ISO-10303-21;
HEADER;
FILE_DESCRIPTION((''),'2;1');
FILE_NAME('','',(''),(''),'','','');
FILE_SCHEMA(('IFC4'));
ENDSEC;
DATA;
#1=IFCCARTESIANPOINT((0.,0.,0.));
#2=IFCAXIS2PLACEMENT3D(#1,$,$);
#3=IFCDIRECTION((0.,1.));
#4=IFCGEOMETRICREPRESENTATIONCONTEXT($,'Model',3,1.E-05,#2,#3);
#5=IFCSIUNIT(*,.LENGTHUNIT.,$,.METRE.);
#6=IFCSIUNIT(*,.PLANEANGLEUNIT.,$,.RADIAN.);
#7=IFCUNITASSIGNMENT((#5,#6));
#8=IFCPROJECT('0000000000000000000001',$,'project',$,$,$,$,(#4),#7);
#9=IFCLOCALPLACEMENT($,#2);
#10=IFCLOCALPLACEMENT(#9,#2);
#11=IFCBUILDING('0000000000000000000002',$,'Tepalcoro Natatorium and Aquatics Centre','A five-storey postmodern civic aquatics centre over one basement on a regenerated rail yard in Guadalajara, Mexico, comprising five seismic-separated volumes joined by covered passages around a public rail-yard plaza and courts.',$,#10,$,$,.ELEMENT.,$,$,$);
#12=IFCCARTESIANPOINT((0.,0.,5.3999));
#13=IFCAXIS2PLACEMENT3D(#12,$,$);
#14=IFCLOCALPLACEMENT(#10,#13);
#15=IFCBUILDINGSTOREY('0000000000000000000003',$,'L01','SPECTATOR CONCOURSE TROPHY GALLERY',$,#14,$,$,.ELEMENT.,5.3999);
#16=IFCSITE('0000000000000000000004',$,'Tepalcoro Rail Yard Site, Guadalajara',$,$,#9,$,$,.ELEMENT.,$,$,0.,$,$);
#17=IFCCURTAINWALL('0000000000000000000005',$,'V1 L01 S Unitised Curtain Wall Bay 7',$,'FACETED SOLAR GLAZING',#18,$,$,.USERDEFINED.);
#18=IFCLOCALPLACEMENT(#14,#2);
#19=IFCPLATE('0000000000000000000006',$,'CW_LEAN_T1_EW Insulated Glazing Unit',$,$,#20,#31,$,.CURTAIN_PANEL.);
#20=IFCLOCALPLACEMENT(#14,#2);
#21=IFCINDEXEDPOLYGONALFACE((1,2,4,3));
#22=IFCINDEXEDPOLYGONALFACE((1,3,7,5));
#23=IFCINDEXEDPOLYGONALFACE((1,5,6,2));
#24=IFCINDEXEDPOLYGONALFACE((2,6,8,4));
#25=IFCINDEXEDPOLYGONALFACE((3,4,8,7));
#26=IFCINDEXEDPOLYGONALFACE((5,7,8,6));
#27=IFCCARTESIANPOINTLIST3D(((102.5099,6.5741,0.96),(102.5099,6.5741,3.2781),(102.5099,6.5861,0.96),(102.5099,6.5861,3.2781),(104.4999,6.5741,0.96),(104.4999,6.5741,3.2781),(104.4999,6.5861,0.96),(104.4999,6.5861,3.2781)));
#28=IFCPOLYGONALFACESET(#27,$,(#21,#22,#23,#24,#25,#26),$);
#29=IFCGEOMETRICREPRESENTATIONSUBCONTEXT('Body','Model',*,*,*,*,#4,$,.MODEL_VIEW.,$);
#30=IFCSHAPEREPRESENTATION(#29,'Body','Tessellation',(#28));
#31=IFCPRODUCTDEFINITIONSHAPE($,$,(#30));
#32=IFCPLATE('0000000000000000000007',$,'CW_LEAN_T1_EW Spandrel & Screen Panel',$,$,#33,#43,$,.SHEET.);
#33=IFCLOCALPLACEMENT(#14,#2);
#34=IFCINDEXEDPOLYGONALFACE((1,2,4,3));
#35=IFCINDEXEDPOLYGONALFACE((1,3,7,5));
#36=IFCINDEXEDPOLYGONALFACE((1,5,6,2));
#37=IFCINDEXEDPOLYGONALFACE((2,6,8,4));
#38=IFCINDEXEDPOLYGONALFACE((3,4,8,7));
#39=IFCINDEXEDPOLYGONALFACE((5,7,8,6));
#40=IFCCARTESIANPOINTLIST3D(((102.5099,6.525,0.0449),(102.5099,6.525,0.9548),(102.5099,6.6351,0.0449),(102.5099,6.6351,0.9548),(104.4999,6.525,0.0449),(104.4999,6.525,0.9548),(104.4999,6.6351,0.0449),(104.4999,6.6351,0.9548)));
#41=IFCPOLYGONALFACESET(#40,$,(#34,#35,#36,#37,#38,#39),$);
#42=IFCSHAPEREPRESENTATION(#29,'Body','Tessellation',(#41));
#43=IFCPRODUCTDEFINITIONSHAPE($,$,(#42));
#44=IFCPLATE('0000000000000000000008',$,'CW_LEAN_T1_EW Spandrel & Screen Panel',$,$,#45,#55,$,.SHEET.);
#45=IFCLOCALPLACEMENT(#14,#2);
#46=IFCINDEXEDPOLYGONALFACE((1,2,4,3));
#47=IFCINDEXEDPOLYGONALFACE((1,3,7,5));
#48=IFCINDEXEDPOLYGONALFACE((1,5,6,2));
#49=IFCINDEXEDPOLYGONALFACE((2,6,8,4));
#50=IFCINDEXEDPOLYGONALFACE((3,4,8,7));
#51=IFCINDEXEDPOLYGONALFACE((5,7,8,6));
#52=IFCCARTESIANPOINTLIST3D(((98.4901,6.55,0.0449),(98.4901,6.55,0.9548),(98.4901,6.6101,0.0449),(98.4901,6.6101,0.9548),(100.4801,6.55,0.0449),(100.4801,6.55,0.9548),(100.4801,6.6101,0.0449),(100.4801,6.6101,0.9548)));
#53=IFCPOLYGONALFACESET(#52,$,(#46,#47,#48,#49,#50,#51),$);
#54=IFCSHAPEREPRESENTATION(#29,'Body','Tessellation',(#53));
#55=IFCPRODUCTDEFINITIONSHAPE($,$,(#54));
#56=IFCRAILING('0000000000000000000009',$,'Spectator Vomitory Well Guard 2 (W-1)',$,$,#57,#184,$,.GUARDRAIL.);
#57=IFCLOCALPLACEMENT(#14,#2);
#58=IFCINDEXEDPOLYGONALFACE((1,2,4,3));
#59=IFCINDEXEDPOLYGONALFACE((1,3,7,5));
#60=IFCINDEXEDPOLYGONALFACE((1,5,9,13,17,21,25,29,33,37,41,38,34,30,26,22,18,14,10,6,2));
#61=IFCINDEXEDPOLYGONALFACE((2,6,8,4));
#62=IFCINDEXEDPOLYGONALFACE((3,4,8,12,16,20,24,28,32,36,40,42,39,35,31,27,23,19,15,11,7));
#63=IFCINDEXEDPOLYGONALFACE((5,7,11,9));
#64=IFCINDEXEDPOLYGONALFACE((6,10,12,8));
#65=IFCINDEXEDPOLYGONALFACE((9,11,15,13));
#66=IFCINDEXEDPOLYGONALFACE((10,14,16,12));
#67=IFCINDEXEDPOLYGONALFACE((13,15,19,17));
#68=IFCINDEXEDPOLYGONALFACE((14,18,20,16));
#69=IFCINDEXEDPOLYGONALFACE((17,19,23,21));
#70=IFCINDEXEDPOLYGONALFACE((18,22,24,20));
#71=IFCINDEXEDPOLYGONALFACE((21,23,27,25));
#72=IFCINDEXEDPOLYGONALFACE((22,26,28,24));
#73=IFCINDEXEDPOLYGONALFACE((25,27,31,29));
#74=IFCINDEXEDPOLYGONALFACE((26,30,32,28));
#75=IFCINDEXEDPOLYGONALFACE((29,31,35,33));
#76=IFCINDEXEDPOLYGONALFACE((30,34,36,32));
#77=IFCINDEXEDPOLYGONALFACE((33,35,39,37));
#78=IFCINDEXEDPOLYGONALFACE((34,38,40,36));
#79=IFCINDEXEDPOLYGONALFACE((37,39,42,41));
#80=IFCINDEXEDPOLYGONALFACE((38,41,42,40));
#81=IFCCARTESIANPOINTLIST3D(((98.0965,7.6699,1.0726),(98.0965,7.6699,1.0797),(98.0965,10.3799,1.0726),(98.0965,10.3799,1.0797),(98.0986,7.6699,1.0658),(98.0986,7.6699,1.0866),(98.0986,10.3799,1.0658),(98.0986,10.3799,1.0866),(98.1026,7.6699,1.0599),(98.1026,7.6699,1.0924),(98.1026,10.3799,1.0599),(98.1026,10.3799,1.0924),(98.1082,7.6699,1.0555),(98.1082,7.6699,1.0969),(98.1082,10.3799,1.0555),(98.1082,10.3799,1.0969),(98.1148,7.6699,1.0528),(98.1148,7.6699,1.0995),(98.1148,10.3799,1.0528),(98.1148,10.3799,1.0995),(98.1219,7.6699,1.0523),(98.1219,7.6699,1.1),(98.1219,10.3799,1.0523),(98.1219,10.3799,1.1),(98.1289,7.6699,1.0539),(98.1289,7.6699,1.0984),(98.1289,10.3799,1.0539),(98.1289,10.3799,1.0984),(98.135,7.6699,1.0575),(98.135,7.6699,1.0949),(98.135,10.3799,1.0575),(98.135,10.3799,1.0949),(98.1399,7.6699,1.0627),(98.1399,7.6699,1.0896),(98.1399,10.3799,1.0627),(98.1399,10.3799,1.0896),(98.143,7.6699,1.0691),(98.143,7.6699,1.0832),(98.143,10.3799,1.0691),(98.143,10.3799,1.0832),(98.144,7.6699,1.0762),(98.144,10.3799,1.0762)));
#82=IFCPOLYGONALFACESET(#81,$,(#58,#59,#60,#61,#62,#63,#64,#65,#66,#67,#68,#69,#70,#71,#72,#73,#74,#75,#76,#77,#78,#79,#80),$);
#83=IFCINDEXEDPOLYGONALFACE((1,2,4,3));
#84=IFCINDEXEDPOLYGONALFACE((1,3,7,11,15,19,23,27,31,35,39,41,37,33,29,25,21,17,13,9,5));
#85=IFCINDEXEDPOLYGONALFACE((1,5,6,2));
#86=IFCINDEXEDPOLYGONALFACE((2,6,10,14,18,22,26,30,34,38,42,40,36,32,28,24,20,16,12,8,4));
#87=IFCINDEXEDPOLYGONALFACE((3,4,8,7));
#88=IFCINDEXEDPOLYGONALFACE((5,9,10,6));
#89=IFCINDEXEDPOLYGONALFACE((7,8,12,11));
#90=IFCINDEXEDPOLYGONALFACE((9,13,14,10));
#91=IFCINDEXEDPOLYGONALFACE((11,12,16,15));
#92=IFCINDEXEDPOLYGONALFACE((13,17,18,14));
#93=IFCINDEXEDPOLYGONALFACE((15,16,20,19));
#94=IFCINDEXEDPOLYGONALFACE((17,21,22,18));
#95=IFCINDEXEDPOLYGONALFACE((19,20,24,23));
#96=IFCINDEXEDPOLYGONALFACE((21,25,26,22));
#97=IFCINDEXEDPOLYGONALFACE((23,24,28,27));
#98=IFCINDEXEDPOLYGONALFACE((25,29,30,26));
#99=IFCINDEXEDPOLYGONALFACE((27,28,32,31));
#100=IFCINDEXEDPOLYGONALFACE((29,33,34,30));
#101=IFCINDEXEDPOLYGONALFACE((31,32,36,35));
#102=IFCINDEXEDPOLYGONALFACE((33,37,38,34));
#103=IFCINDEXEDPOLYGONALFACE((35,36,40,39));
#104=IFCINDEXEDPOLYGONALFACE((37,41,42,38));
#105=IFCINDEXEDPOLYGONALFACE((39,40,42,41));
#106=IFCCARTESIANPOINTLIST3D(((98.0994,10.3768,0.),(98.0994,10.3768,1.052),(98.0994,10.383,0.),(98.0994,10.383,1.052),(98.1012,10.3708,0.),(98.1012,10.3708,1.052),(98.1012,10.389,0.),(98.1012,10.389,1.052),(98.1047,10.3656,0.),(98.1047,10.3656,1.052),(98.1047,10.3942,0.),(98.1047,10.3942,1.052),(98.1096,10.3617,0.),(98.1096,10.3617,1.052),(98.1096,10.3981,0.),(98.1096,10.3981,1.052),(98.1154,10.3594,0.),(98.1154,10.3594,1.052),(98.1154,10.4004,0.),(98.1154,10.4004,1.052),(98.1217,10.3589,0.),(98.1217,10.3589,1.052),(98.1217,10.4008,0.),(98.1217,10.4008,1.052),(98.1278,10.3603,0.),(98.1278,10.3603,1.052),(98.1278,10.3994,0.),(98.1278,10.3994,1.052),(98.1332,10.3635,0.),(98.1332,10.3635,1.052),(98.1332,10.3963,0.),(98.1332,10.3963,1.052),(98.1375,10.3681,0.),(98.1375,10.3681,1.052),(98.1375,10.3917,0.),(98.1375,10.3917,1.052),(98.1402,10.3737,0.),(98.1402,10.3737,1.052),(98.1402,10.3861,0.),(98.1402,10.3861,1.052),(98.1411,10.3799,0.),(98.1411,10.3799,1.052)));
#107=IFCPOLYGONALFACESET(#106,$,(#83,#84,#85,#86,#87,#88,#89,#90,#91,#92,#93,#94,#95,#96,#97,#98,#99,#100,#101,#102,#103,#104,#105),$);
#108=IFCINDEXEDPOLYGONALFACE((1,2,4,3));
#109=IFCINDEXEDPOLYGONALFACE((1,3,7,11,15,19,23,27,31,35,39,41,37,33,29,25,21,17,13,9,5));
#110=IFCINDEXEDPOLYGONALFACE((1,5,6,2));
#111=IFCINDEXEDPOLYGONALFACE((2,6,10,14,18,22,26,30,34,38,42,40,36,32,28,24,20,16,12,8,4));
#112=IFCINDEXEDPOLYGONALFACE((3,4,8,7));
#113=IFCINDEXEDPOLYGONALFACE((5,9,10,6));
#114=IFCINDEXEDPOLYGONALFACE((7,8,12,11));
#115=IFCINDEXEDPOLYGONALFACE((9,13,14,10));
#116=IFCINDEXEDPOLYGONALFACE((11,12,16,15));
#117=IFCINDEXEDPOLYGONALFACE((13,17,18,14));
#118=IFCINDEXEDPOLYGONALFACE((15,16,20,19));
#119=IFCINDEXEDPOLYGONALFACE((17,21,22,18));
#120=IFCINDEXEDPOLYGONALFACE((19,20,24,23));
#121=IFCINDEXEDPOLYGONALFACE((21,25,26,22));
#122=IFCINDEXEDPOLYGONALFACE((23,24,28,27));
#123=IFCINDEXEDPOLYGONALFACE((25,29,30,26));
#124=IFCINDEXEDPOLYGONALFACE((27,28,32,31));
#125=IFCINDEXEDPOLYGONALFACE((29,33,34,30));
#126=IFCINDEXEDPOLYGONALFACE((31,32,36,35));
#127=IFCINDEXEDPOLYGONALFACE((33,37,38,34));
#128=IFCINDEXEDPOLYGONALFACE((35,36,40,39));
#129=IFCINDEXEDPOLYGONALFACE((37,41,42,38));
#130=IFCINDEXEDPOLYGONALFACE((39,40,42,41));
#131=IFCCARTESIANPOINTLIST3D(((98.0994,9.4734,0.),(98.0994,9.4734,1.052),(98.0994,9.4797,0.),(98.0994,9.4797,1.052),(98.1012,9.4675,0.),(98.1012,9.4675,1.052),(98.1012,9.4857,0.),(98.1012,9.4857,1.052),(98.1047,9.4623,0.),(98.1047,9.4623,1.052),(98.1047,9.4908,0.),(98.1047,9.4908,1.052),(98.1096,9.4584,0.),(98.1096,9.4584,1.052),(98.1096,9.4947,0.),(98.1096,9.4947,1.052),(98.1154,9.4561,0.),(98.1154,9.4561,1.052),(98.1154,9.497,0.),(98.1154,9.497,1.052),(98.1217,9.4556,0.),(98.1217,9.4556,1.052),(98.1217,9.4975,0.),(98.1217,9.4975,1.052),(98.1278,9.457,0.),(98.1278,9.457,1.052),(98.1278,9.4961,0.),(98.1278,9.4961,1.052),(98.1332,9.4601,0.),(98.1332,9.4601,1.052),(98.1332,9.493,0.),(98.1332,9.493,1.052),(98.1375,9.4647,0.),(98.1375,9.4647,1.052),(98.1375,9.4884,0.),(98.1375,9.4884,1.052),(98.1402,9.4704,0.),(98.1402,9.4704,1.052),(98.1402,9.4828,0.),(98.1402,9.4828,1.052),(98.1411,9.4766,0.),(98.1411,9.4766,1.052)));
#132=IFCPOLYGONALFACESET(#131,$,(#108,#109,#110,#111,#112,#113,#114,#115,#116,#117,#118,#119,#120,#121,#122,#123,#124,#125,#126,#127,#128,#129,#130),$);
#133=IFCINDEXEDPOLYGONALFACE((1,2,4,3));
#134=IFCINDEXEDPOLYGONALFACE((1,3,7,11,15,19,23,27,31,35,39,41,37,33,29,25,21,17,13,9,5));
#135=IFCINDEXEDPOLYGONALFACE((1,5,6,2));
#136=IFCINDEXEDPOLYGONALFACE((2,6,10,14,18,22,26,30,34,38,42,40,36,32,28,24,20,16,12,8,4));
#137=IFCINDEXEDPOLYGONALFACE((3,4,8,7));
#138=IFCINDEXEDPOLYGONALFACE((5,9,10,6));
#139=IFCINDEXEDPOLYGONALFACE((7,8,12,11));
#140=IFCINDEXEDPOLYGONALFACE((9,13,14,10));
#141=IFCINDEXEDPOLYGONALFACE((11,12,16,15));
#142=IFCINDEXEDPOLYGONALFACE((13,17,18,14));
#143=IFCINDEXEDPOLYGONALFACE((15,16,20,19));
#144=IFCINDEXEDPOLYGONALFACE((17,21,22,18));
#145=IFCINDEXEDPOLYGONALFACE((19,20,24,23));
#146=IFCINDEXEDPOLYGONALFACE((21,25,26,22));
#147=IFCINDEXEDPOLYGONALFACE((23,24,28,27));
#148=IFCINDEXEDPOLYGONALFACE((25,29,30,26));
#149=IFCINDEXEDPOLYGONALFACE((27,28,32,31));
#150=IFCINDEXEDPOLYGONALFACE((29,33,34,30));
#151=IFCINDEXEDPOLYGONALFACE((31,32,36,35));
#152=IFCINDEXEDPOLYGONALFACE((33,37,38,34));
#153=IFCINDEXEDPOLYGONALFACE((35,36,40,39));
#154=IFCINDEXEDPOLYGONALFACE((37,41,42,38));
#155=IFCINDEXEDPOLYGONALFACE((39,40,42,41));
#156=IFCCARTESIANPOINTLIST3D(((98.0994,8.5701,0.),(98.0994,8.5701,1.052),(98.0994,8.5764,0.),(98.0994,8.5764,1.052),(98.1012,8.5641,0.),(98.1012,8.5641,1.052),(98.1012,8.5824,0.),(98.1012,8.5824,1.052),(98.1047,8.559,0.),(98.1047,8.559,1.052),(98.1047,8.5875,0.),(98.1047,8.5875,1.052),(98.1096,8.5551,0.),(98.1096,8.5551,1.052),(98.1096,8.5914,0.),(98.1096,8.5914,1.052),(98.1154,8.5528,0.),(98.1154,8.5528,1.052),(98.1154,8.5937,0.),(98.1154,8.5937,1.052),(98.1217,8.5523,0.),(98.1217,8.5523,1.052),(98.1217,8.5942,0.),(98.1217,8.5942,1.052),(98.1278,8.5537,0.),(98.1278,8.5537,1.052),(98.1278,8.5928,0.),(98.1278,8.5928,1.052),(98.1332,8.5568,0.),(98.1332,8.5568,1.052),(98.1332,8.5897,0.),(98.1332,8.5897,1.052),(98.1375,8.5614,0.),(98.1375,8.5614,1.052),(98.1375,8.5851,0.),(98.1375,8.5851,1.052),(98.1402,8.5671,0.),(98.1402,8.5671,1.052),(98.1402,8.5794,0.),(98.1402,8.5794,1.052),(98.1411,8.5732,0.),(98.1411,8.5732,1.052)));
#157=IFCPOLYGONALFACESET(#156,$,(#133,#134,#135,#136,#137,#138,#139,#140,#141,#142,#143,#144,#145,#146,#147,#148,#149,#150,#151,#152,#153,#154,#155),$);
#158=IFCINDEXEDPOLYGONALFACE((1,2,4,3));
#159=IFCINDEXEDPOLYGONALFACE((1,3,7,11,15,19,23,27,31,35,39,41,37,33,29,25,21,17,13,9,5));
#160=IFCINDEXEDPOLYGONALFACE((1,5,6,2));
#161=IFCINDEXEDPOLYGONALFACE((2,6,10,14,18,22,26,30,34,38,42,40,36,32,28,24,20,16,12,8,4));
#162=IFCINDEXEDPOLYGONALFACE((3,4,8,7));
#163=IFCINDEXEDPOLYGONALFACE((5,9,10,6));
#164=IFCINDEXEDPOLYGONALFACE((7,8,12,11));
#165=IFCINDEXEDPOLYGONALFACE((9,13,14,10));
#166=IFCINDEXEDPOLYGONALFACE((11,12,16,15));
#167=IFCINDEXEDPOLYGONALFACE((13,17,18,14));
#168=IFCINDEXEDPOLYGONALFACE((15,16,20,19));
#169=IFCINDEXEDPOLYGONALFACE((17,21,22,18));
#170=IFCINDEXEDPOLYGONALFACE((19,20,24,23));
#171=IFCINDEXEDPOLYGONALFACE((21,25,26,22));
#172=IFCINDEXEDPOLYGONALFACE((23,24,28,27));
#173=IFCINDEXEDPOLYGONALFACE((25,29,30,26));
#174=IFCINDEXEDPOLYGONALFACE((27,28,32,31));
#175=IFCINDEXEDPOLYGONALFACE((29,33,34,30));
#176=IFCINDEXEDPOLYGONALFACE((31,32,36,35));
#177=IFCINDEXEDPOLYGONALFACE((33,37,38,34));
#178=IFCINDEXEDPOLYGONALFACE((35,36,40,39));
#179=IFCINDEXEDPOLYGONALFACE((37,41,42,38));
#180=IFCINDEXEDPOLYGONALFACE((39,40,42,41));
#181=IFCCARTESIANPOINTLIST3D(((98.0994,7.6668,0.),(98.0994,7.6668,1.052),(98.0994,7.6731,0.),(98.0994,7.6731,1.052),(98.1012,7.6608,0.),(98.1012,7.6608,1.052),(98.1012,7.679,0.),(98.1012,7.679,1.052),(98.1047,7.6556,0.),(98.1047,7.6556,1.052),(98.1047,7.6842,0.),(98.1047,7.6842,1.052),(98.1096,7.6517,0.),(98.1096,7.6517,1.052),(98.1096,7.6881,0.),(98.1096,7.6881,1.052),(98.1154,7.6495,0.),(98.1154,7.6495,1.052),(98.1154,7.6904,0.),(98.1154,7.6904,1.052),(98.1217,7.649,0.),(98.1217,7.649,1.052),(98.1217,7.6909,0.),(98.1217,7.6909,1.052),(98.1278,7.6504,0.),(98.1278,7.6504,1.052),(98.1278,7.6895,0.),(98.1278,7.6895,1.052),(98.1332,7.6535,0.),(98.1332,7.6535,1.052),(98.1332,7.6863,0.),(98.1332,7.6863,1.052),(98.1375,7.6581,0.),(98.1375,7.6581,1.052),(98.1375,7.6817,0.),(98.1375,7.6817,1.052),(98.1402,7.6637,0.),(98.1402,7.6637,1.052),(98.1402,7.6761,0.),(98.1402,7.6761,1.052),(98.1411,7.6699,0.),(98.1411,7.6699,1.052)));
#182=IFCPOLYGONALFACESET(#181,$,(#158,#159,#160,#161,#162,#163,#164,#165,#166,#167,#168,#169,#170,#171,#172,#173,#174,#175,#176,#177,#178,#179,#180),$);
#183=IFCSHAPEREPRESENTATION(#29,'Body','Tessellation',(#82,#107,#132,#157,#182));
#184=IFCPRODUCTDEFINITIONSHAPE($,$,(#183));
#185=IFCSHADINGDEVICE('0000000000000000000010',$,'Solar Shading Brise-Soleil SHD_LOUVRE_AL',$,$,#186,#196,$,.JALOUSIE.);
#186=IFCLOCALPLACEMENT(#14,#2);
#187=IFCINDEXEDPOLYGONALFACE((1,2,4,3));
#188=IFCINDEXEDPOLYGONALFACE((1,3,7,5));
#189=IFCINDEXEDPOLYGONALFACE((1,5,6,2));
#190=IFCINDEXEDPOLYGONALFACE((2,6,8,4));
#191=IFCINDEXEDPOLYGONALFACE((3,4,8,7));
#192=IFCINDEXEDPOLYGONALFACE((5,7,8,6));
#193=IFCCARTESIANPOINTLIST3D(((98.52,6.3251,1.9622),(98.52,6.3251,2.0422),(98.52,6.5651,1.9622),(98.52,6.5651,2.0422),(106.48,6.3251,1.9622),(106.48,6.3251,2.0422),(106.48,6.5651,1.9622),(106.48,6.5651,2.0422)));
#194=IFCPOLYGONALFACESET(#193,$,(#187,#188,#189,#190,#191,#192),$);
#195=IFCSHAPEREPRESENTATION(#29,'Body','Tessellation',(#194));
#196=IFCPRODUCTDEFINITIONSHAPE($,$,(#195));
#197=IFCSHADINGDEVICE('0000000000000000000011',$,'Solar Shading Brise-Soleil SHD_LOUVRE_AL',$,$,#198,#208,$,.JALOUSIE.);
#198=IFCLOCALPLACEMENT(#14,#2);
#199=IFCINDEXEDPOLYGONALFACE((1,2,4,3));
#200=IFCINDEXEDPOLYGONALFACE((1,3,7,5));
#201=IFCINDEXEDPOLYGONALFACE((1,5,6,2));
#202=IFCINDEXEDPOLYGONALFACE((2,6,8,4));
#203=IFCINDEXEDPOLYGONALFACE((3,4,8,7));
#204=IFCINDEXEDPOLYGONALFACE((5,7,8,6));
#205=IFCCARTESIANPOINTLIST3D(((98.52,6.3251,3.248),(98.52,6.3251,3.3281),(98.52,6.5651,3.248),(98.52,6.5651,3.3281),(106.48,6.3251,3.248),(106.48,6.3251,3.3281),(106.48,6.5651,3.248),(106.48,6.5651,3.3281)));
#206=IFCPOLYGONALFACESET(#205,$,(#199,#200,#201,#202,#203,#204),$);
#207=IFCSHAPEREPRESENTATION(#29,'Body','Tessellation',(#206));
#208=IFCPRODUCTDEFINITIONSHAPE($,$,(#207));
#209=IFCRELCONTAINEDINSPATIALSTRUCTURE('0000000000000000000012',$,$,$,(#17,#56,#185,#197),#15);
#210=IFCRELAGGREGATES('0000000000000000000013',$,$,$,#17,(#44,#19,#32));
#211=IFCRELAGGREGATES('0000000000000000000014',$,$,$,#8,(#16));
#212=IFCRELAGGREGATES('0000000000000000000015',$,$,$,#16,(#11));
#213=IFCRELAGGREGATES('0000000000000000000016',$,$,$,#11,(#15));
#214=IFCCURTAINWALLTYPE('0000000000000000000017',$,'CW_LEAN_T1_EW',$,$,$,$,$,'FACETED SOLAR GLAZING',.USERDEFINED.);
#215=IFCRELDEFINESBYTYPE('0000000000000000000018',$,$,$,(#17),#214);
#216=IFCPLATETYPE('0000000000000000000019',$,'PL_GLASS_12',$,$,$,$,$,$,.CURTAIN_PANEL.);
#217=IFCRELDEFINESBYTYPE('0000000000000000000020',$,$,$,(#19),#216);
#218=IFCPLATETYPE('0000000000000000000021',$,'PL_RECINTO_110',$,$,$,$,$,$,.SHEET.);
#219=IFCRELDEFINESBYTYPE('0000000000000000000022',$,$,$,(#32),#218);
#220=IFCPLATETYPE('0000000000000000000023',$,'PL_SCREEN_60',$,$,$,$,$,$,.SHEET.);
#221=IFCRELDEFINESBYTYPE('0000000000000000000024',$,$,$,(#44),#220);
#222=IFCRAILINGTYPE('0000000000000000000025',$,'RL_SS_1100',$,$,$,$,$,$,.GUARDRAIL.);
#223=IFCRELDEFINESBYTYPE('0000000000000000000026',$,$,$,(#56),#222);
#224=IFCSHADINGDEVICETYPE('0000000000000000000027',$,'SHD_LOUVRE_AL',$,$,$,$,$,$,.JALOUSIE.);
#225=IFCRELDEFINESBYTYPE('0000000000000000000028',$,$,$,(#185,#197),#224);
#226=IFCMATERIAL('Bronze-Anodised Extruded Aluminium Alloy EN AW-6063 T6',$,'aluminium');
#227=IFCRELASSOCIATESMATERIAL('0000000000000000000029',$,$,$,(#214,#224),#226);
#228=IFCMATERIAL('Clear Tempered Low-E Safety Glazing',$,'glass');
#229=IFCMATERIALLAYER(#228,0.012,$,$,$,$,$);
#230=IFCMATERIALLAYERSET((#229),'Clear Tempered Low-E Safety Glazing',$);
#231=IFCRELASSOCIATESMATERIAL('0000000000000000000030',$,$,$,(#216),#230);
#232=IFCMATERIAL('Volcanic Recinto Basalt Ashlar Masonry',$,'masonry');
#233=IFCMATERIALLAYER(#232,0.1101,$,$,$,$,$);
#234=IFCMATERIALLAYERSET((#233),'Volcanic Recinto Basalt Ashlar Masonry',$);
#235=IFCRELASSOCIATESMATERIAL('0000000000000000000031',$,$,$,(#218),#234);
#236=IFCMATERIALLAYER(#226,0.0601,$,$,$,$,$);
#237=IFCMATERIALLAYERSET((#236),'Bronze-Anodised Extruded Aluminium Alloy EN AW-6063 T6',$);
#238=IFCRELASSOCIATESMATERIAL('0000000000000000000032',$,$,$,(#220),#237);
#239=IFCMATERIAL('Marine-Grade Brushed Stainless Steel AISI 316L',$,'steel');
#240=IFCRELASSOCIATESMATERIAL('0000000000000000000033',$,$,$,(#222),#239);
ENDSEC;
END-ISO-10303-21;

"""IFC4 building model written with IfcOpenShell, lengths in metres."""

from ifc_helpers import new_model, si_unit, direction, frame, origin, origin_2d, place, context, subcontext, project, spatial, rectangle, circle, extrude, material, layer, layer_set, type_object, element, aggregate, save


model = new_model("IFC4")

# Units and contexts
model_context = context("Model", 3, precision=1e-05, world=origin(), true_north=direction((0.0, 1.0)))
body_context = subcontext(model_context, "Body", "Model", "MODEL_VIEW")
ifc_project = project(units=[si_unit("LENGTHUNIT", "METRE"), si_unit("PLANEANGLEUNIT", "RADIAN")], contexts=[model_context])

# Site, building, storey
site_placement = place(None, origin())
site = spatial("IfcSite", under=ifc_project, at=site_placement, Name="Tepalcoro Rail Yard Site, Guadalajara", CompositionType="ELEMENT", RefElevation=0.0)
building_placement = place(site_placement, origin())
building = spatial("IfcBuilding", under=site, at=building_placement, Name="Tepalcoro Natatorium and Aquatics Centre", Description="A five-storey postmodern civic aquatics centre over one basement on a regenerated rail yard in Guadalajara, Mexico, comprising five seismic-separated volumes joined by covered passages around a public rail-yard plaza and courts.", CompositionType="ELEMENT")
storey_placement = place(building_placement, frame((0.0, 0.0, 5.3999)))
storey = spatial("IfcBuildingStorey", under=building, at=storey_placement, Name="L01", Description="SPECTATOR CONCOURSE TROPHY GALLERY", CompositionType="ELEMENT", Elevation=5.3999)

# Curtain wall
ifc_material_1 = material(Name="Bronze-Anodised Extruded Aluminium Alloy EN AW-6063 T6", Category="aluminium")
curtain_wall_type = type_object("IfcCurtainWallType", Name="CW_LEAN_T1_EW", ElementType="FACETED SOLAR GLAZING", PredefinedType="USERDEFINED", material=ifc_material_1)
curtain_wall_placement = place(storey_placement, origin())
curtain_wall = element("IfcCurtainWall", 1, at=curtain_wall_placement, inside=storey, type_object=curtain_wall_type, Name="V1 L01 S Unitised Curtain Wall Bay 7", ObjectType="FACETED SOLAR GLAZING", PredefinedType="USERDEFINED")

# Plates
ifc_material_2 = material(Name="Clear Tempered Low-E Safety Glazing", Category="glass")
ifc_layer_1 = layer(ifc_material_2, 0.012)
ifc_layer_set_1 = layer_set([ifc_layer_1], Name="Clear Tempered Low-E Safety Glazing")
plate_type_1 = type_object("IfcPlateType", Name="PL_GLASS_12", PredefinedType="CURTAIN_PANEL", material=ifc_layer_set_1)
plate_1_placement = place(storey_placement, frame((103.5049, 6.5801, 0.96), z_axis=(0.0, 0.0, 1.0), x_axis=(1.0, 0.0, 0.0)))
plate_1 = element("IfcPlate", 2, at=plate_1_placement, type_object=plate_type_1, Name="CW_LEAN_T1_EW Insulated Glazing Unit", PredefinedType="CURTAIN_PANEL", context=body_context, shape_type="SweptSolid", body=[
    extrude(rectangle(XDim=1.99, YDim=0.012, at=origin_2d()), origin(), (0.0, 0.0, 1.0), 2.3181),
])
ifc_material_3 = material(Name="Volcanic Recinto Basalt Ashlar Masonry", Category="masonry")
ifc_layer_2 = layer(ifc_material_3, 0.1101)
ifc_layer_set_2 = layer_set([ifc_layer_2], Name="Volcanic Recinto Basalt Ashlar Masonry")
plate_type_2 = type_object("IfcPlateType", Name="PL_RECINTO_110", PredefinedType="SHEET", material=ifc_layer_set_2)
plate_2_placement = place(storey_placement, frame((103.5049, 6.5801, 0.0449), z_axis=(0.0, 0.0, 1.0), x_axis=(1.0, 0.0, 0.0)))
plate_2 = element("IfcPlate", 3, at=plate_2_placement, type_object=plate_type_2, Name="CW_LEAN_T1_EW Spandrel & Screen Panel", PredefinedType="SHEET", context=body_context, shape_type="SweptSolid", body=[
    extrude(rectangle(XDim=1.99, YDim=0.1101, at=origin_2d()), origin(), (0.0, 0.0, 1.0), 0.9099),
])
ifc_layer_3 = layer(ifc_material_1, 0.0601)
ifc_layer_set_3 = layer_set([ifc_layer_3], Name="Bronze-Anodised Extruded Aluminium Alloy EN AW-6063 T6")
plate_type_3 = type_object("IfcPlateType", Name="PL_SCREEN_60", PredefinedType="SHEET", material=ifc_layer_set_3)
plate_3_placement = place(storey_placement, frame((99.4851, 6.5801, 0.0449), z_axis=(0.0, 0.0, 1.0), x_axis=(1.0, 0.0, 0.0)))
plate_3 = element("IfcPlate", 4, at=plate_3_placement, type_object=plate_type_3, Name="CW_LEAN_T1_EW Spandrel & Screen Panel", PredefinedType="SHEET", context=body_context, shape_type="SweptSolid", body=[
    extrude(rectangle(XDim=1.99, YDim=0.0601, at=origin_2d()), origin(), (0.0, 0.0, 1.0), 0.9099),
])
aggregate(curtain_wall, [plate_3, plate_1, plate_2])

# Railing
ifc_material_4 = material(Name="Marine-Grade Brushed Stainless Steel AISI 316L", Category="steel")
railing_type = type_object("IfcRailingType", Name="RL_SS_1100", PredefinedType="GUARDRAIL", material=ifc_material_4)
railing_1_placement = place(storey_placement, frame((98.1201, 10.3799, 0.0)))
element("IfcRailing", 5, at=railing_1_placement, inside=storey, type_object=railing_type, Name="Spectator Vomitory Well Guard 2 (W-1)", PredefinedType="GUARDRAIL", context=body_context, shape_type="SweptSolid", body=[
    extrude(circle(Radius=0.0239, at=origin_2d()), frame((0.0, 0.0, 1.0762), z_axis=(0.0, -1.0, 0.0), x_axis=(1.0, 0.0, 0.0)), (0.0, 0.0, 1.0), 2.71),
    extrude(circle(Radius=0.021, at=origin_2d()), origin(), (0.0, 0.0, 1.0), 1.052),
    extrude(circle(Radius=0.021, at=origin_2d()), frame((0.0, -0.9033, 0.0)), (0.0, 0.0, 1.0), 1.052),
    extrude(circle(Radius=0.021, at=origin_2d()), frame((0.0, -1.8066, 0.0)), (0.0, 0.0, 1.0), 1.052),
    extrude(circle(Radius=0.021, at=origin_2d()), frame((0.0, -2.71, 0.0)), (0.0, 0.0, 1.0), 1.052),
])

# Shading devices
shading_device_type = type_object("IfcShadingDeviceType", Name="SHD_LOUVRE_AL", PredefinedType="JALOUSIE", material=ifc_material_1)
for number, where, z_axis, x_axis, name in (
    (6, (102.5, 6.4451, 1.9622), (0.0, 0.0, 1.0), (1.0, 0.0, 0.0), "Solar Shading Brise-Soleil SHD_LOUVRE_AL"),
    (7, (102.5, 6.4451, 3.248), (0.0, 0.0, 1.0), (1.0, 0.0, 0.0), "Solar Shading Brise-Soleil SHD_LOUVRE_AL"),
):
    element("IfcShadingDevice", number, at=place(storey_placement, frame(where, z_axis=z_axis, x_axis=x_axis)), inside=storey, type_object=shading_device_type, Name=name, PredefinedType="JALOUSIE", context=body_context, shape_type="SweptSolid", body=[
        extrude(rectangle(XDim=7.96, YDim=0.24, at=origin_2d()), origin(), (0.0, 0.0, 1.0), 0.0801),
    ])

save(model, "model.ifc")
